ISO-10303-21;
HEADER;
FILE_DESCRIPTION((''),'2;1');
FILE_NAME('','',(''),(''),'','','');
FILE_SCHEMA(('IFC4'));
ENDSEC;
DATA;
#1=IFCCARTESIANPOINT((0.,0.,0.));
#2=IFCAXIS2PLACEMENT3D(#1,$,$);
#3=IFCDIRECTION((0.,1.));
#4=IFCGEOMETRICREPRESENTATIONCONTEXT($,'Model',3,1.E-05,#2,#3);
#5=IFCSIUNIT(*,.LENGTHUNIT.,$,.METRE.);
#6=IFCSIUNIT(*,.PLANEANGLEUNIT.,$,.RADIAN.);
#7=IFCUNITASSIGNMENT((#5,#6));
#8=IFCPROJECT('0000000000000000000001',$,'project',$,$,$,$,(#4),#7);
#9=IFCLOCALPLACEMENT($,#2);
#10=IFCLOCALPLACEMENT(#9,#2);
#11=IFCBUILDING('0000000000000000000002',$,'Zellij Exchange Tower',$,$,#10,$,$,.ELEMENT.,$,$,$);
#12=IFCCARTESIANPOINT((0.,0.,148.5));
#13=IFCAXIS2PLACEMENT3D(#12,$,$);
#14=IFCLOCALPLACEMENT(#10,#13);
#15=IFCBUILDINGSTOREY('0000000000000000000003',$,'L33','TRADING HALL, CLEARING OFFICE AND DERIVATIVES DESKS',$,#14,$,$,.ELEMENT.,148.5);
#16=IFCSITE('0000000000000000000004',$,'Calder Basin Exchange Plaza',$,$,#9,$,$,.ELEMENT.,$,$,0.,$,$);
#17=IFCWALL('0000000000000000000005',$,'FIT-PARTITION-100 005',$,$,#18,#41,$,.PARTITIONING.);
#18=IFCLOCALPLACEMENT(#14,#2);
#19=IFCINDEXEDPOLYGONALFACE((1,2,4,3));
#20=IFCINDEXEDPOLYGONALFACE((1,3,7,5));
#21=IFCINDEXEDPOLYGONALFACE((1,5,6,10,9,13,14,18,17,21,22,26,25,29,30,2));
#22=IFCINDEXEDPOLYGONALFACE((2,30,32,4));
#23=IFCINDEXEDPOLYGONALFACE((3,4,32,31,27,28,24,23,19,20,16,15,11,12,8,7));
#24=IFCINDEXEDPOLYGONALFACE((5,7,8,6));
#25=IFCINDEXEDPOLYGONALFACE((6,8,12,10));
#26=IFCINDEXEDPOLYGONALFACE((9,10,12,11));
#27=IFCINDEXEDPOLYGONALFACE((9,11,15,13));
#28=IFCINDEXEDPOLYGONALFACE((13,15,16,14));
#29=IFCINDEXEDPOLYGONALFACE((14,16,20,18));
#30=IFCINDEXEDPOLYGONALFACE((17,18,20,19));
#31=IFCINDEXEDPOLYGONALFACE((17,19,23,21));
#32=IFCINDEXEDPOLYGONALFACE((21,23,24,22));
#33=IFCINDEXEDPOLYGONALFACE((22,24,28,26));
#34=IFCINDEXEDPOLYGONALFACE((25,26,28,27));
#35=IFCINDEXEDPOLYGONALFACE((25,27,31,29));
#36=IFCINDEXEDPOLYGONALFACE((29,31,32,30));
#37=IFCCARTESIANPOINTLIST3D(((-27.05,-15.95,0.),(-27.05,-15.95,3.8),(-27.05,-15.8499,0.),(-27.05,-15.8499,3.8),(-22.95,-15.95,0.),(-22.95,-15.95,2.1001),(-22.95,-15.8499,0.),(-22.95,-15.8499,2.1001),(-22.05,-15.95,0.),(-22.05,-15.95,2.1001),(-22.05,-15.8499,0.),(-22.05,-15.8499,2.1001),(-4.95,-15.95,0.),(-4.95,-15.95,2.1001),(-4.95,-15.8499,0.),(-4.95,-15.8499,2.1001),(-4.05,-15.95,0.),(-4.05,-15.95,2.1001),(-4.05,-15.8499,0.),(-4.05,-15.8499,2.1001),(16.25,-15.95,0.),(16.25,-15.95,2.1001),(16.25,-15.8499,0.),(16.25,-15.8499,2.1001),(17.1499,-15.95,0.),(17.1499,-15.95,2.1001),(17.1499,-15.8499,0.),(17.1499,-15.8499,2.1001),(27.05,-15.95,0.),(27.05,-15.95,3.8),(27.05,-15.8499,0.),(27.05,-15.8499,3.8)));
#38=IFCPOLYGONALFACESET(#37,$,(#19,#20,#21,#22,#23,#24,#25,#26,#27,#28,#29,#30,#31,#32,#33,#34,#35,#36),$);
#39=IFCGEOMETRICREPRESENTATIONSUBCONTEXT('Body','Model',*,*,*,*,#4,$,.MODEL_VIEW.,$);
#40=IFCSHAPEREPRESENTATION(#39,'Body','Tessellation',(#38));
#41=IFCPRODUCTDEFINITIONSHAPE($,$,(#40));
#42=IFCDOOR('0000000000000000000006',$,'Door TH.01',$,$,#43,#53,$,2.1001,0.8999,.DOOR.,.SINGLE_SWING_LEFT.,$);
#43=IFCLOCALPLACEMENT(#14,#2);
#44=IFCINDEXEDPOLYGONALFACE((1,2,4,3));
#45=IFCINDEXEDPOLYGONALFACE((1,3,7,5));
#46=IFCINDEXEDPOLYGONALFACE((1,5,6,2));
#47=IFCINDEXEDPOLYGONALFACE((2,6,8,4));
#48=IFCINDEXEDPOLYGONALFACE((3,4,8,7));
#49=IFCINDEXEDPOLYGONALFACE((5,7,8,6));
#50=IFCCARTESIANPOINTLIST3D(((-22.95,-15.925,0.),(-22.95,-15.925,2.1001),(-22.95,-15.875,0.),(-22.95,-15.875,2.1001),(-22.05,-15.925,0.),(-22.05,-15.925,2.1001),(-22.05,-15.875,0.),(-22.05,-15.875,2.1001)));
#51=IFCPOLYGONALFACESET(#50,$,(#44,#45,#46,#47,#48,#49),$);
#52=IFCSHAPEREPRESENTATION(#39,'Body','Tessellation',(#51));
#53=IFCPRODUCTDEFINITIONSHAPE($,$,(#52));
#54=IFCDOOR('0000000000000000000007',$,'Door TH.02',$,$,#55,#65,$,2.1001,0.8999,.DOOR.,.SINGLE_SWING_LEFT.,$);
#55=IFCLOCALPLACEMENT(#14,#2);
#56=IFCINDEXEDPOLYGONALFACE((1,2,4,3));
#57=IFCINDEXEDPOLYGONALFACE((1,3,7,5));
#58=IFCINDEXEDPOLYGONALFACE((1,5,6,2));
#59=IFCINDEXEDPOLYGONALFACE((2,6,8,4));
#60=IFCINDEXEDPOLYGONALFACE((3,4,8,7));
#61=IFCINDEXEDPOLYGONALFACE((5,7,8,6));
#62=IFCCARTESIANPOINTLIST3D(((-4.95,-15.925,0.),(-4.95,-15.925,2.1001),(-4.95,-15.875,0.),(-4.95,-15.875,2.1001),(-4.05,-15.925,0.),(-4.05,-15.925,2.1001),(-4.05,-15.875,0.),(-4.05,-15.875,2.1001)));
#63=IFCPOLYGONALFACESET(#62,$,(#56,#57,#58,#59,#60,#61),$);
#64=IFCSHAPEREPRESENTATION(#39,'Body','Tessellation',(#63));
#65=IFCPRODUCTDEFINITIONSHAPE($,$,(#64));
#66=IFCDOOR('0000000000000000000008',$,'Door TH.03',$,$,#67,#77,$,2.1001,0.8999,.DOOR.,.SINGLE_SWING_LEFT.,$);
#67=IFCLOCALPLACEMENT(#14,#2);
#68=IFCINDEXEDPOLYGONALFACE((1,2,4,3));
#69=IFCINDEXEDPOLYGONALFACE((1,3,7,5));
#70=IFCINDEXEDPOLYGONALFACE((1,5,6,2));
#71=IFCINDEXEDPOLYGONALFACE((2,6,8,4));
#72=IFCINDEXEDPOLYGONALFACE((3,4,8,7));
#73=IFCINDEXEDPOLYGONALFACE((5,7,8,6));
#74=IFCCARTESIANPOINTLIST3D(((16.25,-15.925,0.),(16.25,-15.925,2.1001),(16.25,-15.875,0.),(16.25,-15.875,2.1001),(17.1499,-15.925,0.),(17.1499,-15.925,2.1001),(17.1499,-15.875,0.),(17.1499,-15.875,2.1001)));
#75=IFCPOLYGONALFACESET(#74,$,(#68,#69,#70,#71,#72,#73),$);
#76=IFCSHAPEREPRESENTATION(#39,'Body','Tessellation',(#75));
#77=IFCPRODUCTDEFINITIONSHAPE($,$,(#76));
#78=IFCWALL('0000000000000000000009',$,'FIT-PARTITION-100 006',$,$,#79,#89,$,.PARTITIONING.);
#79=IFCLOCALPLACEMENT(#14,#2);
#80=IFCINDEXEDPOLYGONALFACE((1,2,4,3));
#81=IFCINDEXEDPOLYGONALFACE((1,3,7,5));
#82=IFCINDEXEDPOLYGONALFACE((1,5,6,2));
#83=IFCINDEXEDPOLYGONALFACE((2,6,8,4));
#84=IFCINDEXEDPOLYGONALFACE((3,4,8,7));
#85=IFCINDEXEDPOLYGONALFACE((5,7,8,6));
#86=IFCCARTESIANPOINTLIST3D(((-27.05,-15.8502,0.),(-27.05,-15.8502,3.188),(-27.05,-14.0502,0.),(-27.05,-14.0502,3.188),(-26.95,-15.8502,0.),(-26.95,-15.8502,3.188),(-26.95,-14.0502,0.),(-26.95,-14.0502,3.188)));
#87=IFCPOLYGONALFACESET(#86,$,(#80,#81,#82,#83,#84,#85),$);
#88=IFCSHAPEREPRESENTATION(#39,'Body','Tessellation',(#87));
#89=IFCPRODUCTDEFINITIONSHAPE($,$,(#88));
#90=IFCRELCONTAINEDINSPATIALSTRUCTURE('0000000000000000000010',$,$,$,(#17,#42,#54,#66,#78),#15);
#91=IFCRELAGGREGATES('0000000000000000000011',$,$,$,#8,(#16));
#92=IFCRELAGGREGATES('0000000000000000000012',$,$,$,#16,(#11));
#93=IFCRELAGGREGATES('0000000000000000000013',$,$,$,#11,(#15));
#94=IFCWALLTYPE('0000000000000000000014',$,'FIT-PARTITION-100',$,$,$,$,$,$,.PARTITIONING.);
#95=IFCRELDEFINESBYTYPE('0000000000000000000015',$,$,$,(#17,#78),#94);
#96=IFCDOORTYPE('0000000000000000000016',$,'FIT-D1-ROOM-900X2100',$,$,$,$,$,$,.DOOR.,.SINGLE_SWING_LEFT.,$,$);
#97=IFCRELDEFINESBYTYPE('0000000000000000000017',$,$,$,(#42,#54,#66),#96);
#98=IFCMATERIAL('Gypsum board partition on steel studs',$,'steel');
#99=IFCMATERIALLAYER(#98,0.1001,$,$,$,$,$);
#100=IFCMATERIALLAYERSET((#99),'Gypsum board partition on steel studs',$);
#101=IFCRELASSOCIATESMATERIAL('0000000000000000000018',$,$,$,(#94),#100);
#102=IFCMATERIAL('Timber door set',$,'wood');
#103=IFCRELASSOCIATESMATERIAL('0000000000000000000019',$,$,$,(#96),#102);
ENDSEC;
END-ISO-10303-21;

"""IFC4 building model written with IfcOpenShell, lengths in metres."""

from ifc_helpers import new_model, si_unit, direction, frame, frame_2d, origin, place, context, subcontext, project, spatial, rectangle, extrude, material, layer, layer_set, type_object, element, fill, save


model = new_model("IFC4")

# Units and contexts
model_context = context("Model", 3, precision=1e-05, world=origin(), true_north=direction((0.0, 1.0)))
body_context = subcontext(model_context, "Body", "Model", "MODEL_VIEW")
ifc_project = project(units=[si_unit("LENGTHUNIT", "METRE"), si_unit("PLANEANGLEUNIT", "RADIAN")], contexts=[model_context])

# Site, building, storey
site_placement = place(None, origin())
site = spatial("IfcSite", under=ifc_project, at=site_placement, Name="Calder Basin Exchange Plaza", CompositionType="ELEMENT", RefElevation=0.0)
building_placement = place(site_placement, origin())
building = spatial("IfcBuilding", under=site, at=building_placement, Name="Zellij Exchange Tower", CompositionType="ELEMENT")
storey_placement = place(building_placement, frame((0.0, 0.0, 148.5)))
storey = spatial("IfcBuildingStorey", under=building, at=storey_placement, Name="L33", Description="TRADING HALL, CLEARING OFFICE AND DERIVATIVES DESKS", CompositionType="ELEMENT", Elevation=148.5)

# Wall, openings, doors
ifc_material_1 = material(Name="Gypsum board partition on steel studs", Category="steel")
ifc_layer_1 = layer(ifc_material_1, 0.1001)
ifc_layer_set_1 = layer_set([ifc_layer_1], Name="Gypsum board partition on steel studs")
wall_type_1 = type_object("IfcWallType", Name="FIT-PARTITION-100", PredefinedType="PARTITIONING", material=ifc_layer_set_1)
wall_1_placement = place(storey_placement, frame((-27.05, -15.8999, 0.0), z_axis=(0.0, 0.0, 1.0), x_axis=(1.0, 0.0, 0.0)))
wall_1 = element("IfcWall", 1, at=wall_1_placement, inside=storey, type_object=wall_type_1, Name="FIT-PARTITION-100 005", PredefinedType="PARTITIONING", context=body_context, shape_type="SweptSolid", body=[
    extrude(rectangle(XDim=54.1001, YDim=0.1001, at=frame_2d((27.05, 0.0))), origin(), (0.0, 0.0, 1.0), 3.8),
])
opening_1_placement = place(wall_1_placement, frame((4.1001, 0.0, 0.0)))
opening_1 = element("IfcOpeningElement", 2, at=opening_1_placement, cuts=wall_1, PredefinedType="OPENING", context=body_context, shape_type="SweptSolid", body=[
    extrude(rectangle(XDim=0.8999, YDim=2.1001, at=frame_2d((0.45, 1.05))), frame((0.0, 0.062, 0.0), z_axis=(0.0, -1.0, 0.0), x_axis=(1.0, 0.0, 0.0)), (0.0, 0.0, 1.0), 0.124),
])
opening_2_placement = place(wall_1_placement, frame((22.1001, 0.0, 0.0)))
opening_2 = element("IfcOpeningElement", 3, at=opening_2_placement, cuts=wall_1, PredefinedType="OPENING", context=body_context, shape_type="SweptSolid", body=[
    extrude(rectangle(XDim=0.8999, YDim=2.1001, at=frame_2d((0.45, 1.05))), frame((0.0, 0.062, 0.0), z_axis=(0.0, -1.0, 0.0), x_axis=(1.0, 0.0, 0.0)), (0.0, 0.0, 1.0), 0.124),
])
opening_3_placement = place(wall_1_placement, frame((43.3, 0.0, 0.0)))
opening_3 = element("IfcOpeningElement", 4, at=opening_3_placement, cuts=wall_1, PredefinedType="OPENING", context=body_context, shape_type="SweptSolid", body=[
    extrude(rectangle(XDim=0.8999, YDim=2.1001, at=frame_2d((0.45, 1.05))), frame((0.0, 0.062, 0.0), z_axis=(0.0, -1.0, 0.0), x_axis=(1.0, 0.0, 0.0)), (0.0, 0.0, 1.0), 0.124),
])
ifc_material_2 = material(Name="Timber door set", Category="wood")
door_type = type_object("IfcDoorType", Name="FIT-D1-ROOM-900X2100", OperationType="SINGLE_SWING_LEFT", PredefinedType="DOOR", material=ifc_material_2)
door_1_placement = place(opening_1_placement, origin())
door_1 = element("IfcDoor", 5, at=door_1_placement, inside=storey, type_object=door_type, Name="Door TH.01", OperationType="SINGLE_SWING_LEFT", OverallHeight=2.1001, OverallWidth=0.8999, PredefinedType="DOOR", context=body_context, shape_type="SweptSolid", body=[
    extrude(rectangle(XDim=0.8999, YDim=2.1001, at=frame_2d((0.45, 1.05))), frame((0.0, 0.0249, 0.0), z_axis=(0.0, -1.0, 0.0), x_axis=(1.0, 0.0, 0.0)), (0.0, 0.0, 1.0), 0.05),
])
fill(opening_1, door_1)
door_2_placement = place(opening_2_placement, origin())
door_2 = element("IfcDoor", 6, at=door_2_placement, inside=storey, type_object=door_type, Name="Door TH.02", OperationType="SINGLE_SWING_LEFT", OverallHeight=2.1001, OverallWidth=0.8999, PredefinedType="DOOR", context=body_context, shape_type="SweptSolid", body=[
    extrude(rectangle(XDim=0.8999, YDim=2.1001, at=frame_2d((0.45, 1.05))), frame((0.0, 0.0249, 0.0), z_axis=(0.0, -1.0, 0.0), x_axis=(1.0, 0.0, 0.0)), (0.0, 0.0, 1.0), 0.05),
])
fill(opening_2, door_2)
door_3_placement = place(opening_3_placement, origin())
door_3 = element("IfcDoor", 7, at=door_3_placement, inside=storey, type_object=door_type, Name="Door TH.03", OperationType="SINGLE_SWING_LEFT", OverallHeight=2.1001, OverallWidth=0.8999, PredefinedType="DOOR", context=body_context, shape_type="SweptSolid", body=[
    extrude(rectangle(XDim=0.8999, YDim=2.1001, at=frame_2d((0.45, 1.05))), frame((0.0, 0.0249, 0.0), z_axis=(0.0, -1.0, 0.0), x_axis=(1.0, 0.0, 0.0)), (0.0, 0.0, 1.0), 0.05),
])
fill(opening_3, door_3)

# Wall
wall_2_placement = place(storey_placement, frame((-27.0, -15.8501, 0.0), z_axis=(0.0, 0.0, 1.0), x_axis=(0.0, 1.0, 0.0)))
element("IfcWall", 8, at=wall_2_placement, inside=storey, type_object=wall_type_1, Name="FIT-PARTITION-100 006", PredefinedType="PARTITIONING", context=body_context, shape_type="SweptSolid", body=[
    extrude(rectangle(XDim=1.8, YDim=0.1001, at=frame_2d((0.8999, 0.0))), origin(), (0.0, 0.0, 1.0), 3.188),
])

save(model, "model.ifc")
